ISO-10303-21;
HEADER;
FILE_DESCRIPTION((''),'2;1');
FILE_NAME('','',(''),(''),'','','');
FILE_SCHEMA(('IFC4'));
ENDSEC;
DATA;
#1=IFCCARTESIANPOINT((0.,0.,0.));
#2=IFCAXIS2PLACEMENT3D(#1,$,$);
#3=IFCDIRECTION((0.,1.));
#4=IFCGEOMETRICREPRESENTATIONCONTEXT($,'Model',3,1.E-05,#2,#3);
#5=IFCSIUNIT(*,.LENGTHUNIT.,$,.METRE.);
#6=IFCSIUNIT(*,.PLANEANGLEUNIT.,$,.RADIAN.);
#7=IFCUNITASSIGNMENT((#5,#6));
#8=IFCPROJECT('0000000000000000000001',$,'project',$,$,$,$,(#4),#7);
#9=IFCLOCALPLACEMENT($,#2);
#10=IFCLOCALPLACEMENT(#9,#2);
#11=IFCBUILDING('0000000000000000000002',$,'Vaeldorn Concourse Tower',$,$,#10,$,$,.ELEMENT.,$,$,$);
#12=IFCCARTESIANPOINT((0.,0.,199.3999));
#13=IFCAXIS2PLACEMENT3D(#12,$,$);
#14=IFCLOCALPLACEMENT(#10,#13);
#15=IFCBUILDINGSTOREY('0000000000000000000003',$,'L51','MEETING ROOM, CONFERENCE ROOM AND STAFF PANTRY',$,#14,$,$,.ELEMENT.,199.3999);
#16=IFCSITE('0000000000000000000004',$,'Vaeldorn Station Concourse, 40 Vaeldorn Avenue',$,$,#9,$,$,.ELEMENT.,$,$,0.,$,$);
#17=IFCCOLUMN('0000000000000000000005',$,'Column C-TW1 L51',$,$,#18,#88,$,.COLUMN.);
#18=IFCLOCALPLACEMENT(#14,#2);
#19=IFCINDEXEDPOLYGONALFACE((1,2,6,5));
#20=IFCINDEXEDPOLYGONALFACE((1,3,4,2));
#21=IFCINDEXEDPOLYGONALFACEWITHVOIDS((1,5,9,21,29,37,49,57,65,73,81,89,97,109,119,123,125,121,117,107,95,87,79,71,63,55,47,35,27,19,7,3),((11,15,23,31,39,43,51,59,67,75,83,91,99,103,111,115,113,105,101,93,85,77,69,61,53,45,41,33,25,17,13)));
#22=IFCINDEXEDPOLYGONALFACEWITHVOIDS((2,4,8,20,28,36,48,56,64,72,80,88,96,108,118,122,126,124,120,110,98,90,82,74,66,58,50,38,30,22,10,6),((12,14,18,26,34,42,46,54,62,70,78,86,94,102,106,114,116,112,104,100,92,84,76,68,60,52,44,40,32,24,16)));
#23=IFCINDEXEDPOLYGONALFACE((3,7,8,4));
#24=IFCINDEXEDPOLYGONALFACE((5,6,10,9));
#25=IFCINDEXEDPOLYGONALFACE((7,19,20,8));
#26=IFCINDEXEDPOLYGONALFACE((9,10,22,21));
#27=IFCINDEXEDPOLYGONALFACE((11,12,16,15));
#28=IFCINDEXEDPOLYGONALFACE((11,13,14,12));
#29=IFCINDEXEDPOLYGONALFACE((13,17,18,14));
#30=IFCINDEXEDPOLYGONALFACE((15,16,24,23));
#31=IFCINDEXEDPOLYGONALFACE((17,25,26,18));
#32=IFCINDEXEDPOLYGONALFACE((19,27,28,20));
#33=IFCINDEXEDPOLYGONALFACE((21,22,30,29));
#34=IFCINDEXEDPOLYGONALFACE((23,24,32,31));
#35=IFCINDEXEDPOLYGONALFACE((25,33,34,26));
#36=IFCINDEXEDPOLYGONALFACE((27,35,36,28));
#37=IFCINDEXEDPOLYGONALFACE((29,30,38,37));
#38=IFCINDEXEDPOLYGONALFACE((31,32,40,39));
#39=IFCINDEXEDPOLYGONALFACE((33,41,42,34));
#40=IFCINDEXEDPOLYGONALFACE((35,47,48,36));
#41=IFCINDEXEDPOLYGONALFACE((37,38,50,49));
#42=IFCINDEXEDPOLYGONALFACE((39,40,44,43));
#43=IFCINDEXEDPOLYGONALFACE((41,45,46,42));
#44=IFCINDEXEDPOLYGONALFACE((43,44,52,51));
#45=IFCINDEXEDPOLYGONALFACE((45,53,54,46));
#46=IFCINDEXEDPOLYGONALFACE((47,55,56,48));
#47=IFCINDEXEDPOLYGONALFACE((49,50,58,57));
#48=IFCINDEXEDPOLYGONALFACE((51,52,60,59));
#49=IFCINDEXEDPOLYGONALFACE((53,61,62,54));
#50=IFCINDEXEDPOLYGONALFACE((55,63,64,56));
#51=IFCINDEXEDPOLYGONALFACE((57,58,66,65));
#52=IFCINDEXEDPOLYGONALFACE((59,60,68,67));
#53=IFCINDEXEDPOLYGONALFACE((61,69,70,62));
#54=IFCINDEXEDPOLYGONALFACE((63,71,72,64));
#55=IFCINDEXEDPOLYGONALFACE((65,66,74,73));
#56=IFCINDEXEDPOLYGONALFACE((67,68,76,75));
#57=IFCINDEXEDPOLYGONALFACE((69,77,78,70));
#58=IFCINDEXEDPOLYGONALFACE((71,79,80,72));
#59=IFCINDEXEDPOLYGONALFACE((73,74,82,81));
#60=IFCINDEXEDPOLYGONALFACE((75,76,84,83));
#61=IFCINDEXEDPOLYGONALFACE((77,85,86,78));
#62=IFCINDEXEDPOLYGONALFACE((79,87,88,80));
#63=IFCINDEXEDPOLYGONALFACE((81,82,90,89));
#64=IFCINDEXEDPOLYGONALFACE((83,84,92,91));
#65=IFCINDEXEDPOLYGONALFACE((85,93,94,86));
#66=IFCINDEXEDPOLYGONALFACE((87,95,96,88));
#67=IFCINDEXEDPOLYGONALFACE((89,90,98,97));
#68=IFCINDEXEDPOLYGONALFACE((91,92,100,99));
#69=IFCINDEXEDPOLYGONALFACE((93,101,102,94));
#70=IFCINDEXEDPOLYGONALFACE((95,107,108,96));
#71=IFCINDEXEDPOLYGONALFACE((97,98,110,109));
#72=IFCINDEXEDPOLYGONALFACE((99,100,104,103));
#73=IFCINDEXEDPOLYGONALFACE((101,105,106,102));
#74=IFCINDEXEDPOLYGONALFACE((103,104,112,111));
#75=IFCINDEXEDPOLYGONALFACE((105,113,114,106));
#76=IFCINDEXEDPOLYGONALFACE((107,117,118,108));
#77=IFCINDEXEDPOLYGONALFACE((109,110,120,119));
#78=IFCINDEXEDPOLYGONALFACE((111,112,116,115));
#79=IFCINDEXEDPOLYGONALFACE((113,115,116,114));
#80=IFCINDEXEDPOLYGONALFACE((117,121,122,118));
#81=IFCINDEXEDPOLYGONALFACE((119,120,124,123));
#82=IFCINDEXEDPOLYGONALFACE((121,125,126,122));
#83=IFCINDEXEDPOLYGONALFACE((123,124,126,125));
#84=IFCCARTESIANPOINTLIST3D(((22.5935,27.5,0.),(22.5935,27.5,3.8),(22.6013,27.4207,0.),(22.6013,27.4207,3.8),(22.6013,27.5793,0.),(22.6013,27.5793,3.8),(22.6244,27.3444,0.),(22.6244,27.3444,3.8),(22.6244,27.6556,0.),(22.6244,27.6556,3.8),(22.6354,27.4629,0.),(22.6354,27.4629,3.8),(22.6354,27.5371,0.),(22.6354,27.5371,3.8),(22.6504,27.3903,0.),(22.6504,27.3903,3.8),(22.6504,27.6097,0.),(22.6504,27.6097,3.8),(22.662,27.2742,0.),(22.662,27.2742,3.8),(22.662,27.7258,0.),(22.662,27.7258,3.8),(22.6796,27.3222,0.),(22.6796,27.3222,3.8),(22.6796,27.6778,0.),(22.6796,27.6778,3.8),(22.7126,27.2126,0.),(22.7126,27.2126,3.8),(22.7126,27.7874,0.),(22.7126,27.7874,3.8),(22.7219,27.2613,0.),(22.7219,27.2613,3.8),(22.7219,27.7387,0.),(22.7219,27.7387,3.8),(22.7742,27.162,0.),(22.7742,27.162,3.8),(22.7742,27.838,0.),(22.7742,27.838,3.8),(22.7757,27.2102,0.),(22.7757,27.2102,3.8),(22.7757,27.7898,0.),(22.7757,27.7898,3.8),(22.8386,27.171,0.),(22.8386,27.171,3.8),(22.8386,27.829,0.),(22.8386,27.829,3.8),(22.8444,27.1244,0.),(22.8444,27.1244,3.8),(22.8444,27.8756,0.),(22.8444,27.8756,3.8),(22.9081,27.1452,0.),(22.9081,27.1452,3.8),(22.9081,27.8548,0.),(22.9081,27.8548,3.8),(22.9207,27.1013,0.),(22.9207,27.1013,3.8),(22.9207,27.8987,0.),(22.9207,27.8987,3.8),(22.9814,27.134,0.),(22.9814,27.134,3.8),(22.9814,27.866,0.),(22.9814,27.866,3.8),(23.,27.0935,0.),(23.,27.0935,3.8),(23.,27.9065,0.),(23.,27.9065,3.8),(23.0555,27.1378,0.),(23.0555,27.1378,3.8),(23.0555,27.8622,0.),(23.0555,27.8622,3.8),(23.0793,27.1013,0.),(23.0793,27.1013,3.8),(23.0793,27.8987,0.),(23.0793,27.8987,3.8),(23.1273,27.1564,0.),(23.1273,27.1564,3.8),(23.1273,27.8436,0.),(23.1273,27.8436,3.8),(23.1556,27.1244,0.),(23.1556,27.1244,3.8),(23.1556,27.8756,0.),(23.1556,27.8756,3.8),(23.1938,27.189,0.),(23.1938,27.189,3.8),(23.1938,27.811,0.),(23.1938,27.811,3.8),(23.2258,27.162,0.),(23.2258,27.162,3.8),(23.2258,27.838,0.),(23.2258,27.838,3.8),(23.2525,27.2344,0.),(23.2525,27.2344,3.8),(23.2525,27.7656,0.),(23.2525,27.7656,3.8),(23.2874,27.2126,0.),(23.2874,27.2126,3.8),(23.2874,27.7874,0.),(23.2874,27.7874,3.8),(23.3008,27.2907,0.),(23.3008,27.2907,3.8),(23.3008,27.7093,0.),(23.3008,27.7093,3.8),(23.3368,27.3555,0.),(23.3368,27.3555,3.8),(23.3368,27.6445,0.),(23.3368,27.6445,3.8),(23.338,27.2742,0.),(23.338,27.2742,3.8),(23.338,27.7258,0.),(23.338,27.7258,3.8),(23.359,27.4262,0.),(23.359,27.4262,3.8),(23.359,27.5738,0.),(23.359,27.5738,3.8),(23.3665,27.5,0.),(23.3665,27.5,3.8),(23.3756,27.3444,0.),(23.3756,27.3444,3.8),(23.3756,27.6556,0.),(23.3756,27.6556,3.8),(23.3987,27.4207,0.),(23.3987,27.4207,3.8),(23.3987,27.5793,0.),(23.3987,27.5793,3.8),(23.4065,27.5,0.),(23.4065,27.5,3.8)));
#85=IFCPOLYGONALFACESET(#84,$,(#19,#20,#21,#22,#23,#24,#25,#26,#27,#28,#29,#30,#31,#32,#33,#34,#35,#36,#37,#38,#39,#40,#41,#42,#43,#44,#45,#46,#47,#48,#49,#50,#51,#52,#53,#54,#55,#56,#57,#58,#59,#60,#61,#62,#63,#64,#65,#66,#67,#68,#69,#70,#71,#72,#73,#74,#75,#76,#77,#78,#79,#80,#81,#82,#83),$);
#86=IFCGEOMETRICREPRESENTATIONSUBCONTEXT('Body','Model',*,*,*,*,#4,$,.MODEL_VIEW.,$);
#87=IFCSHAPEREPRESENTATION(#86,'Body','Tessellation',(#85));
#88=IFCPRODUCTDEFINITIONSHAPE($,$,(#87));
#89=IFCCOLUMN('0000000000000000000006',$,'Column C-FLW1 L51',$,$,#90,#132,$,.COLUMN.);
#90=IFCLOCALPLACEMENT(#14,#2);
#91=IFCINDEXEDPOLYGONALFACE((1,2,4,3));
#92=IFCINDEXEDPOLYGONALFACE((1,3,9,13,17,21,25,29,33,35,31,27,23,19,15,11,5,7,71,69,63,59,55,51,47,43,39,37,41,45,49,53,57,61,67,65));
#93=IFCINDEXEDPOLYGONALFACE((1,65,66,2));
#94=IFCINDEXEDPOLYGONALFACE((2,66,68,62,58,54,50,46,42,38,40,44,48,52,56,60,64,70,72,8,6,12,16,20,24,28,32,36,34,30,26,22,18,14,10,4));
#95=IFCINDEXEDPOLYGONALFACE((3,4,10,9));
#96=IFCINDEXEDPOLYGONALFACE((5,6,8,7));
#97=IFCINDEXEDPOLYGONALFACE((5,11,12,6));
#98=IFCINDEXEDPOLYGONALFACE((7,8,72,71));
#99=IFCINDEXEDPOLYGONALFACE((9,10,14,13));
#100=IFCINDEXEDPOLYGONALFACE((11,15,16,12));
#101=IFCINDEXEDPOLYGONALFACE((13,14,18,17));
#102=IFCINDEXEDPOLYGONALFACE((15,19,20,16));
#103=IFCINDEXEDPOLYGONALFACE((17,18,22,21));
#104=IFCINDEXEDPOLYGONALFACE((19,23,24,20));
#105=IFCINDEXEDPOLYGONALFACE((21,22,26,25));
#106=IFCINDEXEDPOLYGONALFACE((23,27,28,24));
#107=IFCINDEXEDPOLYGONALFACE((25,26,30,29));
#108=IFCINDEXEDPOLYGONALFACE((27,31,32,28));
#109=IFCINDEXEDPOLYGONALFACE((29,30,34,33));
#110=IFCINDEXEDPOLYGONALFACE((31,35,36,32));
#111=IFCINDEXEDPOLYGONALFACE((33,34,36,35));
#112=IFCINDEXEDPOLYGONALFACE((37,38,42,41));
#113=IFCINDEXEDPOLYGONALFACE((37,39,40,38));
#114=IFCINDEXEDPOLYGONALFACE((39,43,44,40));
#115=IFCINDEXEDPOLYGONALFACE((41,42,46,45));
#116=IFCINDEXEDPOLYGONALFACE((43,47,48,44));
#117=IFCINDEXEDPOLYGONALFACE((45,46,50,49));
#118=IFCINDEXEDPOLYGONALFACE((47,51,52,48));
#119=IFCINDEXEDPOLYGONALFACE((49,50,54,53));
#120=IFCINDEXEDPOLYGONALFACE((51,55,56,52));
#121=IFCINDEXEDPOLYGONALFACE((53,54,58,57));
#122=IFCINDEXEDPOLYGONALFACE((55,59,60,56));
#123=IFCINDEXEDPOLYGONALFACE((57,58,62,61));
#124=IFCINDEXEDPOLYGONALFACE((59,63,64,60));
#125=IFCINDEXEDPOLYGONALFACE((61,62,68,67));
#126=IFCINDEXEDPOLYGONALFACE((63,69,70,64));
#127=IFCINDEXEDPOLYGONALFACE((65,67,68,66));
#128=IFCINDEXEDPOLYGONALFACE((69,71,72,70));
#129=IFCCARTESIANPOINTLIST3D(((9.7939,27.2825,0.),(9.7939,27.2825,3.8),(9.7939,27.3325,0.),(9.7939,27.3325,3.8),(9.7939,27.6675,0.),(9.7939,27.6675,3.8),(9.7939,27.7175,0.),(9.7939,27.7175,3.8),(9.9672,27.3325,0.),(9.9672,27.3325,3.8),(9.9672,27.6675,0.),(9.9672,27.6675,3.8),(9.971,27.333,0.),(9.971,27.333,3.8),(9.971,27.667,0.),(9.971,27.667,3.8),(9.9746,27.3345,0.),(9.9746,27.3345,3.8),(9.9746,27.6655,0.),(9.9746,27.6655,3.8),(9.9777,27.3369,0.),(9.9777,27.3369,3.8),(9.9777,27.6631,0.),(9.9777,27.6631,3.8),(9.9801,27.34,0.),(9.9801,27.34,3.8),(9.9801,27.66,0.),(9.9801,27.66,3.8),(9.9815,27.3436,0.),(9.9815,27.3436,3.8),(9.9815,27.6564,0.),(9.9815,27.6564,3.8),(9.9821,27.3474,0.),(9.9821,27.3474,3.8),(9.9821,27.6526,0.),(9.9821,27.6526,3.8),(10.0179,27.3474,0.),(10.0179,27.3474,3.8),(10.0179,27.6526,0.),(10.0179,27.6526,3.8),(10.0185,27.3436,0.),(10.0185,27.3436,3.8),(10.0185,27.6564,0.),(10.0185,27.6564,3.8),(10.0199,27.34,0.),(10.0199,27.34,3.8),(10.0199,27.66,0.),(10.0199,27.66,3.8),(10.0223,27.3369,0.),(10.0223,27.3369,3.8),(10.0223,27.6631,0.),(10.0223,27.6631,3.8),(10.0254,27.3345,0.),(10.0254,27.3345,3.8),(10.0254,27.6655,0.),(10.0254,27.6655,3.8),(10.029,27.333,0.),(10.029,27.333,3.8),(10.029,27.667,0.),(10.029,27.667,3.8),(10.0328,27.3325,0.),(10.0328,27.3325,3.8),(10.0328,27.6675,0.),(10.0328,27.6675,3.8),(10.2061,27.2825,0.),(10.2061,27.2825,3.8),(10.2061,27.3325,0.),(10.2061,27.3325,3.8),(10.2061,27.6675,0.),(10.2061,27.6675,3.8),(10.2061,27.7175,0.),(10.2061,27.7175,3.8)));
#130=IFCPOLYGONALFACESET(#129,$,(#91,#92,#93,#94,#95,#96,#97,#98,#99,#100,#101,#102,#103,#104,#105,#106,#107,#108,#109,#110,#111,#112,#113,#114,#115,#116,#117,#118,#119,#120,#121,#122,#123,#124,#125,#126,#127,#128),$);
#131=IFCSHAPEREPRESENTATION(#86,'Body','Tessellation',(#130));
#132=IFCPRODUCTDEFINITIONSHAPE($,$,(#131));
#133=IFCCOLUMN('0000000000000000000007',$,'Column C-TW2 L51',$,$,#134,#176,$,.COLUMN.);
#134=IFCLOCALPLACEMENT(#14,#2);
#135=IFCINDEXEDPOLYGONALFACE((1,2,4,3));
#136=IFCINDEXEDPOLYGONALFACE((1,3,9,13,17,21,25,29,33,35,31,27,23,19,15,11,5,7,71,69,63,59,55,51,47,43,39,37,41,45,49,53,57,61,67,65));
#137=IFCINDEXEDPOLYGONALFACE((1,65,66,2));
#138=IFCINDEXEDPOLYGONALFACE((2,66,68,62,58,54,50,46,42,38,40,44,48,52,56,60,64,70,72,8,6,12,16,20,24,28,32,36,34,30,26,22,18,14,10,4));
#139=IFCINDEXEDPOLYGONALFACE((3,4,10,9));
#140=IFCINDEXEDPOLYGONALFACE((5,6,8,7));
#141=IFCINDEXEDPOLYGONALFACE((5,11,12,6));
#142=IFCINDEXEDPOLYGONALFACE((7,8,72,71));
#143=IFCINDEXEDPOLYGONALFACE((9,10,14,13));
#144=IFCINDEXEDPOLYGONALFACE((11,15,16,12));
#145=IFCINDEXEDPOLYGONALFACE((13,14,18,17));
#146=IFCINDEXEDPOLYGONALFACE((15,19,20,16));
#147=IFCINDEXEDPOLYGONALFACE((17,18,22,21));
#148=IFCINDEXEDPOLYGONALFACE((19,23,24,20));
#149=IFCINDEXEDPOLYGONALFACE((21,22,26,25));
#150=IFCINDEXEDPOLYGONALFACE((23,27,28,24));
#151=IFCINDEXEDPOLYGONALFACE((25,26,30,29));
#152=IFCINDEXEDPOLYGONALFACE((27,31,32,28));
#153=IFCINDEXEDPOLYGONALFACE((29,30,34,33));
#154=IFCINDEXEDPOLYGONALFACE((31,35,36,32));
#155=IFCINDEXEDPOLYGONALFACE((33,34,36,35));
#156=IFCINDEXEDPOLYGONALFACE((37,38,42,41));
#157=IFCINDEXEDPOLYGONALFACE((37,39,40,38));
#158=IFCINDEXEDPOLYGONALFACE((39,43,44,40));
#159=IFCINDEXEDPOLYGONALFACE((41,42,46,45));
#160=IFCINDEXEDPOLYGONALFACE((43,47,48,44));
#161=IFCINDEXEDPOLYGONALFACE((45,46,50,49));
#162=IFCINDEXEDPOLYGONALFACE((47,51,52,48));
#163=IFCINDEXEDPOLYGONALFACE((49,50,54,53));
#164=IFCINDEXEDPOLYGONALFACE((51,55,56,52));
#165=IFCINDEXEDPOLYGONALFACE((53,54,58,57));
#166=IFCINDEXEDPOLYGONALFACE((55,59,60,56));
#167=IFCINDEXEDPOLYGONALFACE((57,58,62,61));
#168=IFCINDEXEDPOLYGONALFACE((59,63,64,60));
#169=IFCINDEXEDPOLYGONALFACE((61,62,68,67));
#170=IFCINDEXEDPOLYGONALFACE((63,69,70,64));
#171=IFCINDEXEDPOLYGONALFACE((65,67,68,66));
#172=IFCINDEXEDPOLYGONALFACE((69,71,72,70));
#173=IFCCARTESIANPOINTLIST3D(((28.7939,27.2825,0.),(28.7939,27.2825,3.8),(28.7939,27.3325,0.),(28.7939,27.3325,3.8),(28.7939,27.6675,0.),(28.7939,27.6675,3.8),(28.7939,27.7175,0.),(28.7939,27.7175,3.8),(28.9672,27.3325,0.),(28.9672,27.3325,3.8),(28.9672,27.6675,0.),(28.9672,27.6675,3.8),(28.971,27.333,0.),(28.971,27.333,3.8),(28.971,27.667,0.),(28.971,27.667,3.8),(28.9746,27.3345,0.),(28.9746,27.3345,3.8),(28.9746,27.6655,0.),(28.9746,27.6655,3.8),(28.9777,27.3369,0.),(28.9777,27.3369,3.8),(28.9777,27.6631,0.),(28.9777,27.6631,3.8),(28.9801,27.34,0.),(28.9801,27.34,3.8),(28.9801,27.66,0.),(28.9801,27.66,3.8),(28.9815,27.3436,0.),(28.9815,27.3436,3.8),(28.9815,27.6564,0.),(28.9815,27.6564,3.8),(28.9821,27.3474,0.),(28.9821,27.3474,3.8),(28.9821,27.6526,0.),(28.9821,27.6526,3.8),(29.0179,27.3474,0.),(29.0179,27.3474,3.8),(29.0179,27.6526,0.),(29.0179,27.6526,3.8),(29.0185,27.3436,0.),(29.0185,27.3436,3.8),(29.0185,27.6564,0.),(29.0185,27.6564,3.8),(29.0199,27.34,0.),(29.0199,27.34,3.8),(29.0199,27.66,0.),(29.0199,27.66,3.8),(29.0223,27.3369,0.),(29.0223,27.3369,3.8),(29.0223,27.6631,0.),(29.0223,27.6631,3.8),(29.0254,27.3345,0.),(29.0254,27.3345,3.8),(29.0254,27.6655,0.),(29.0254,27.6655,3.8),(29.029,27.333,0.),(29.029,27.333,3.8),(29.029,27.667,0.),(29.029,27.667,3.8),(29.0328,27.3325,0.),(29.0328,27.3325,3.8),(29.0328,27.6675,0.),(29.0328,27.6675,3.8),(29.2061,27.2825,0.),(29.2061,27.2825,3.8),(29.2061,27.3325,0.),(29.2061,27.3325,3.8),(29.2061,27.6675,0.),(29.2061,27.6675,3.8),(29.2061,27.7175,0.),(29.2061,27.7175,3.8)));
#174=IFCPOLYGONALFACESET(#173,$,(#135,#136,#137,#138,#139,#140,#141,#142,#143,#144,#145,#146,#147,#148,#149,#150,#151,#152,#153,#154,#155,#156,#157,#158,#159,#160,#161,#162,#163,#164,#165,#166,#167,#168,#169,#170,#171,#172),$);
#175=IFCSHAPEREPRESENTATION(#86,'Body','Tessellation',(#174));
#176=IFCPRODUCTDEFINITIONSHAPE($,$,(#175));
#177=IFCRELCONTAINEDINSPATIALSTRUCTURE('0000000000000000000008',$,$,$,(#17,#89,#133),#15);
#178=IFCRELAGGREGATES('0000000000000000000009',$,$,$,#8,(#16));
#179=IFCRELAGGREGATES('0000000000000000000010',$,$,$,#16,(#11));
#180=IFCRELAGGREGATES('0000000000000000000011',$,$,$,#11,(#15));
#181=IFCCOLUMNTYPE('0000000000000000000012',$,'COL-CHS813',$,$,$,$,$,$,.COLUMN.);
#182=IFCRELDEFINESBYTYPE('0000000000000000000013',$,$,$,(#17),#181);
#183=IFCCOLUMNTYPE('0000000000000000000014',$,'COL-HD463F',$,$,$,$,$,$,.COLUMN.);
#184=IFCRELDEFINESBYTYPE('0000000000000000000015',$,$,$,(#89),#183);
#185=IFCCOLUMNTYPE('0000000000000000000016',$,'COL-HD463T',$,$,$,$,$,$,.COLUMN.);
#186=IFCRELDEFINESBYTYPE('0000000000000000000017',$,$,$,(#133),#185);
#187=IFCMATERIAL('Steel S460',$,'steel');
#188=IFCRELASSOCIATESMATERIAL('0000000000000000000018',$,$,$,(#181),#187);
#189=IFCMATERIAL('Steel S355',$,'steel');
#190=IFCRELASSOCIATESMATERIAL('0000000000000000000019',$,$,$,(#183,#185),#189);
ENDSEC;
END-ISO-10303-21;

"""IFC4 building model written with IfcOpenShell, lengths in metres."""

from ifc_helpers import new_model, si_unit, direction, frame, origin, origin_2d, place, context, subcontext, project, spatial, hollow_circle, i_section, extrude, source, transform, mapped, material, material_profile, profile_set, type_object, element, save


model = new_model("IFC4")

# Units and contexts
model_context = context("Model", 3, precision=1e-05, world=origin(), true_north=direction((0.0, 1.0)))
body_context = subcontext(model_context, "Body", "Model", "MODEL_VIEW")
ifc_project = project(units=[si_unit("LENGTHUNIT", "METRE"), si_unit("PLANEANGLEUNIT", "RADIAN")], contexts=[model_context])

# Site, building, storey
site_placement = place(None, origin())
site = spatial("IfcSite", under=ifc_project, at=site_placement, Name="Vaeldorn Station Concourse, 40 Vaeldorn Avenue", CompositionType="ELEMENT", RefElevation=0.0)
building_placement = place(site_placement, origin())
building = spatial("IfcBuilding", under=site, at=building_placement, Name="Vaeldorn Concourse Tower", CompositionType="ELEMENT")
storey_placement = place(building_placement, frame((0.0, 0.0, 199.3999)))
storey = spatial("IfcBuildingStorey", under=building, at=storey_placement, Name="L51", Description="MEETING ROOM, CONFERENCE ROOM AND STAFF PANTRY", CompositionType="ELEMENT", Elevation=199.3999)

# Columns
ifc_material_1 = material(Name="Steel S460", Category="steel")
ifc_material_profile_1 = material_profile(ifc_material_1, hollow_circle(Radius=0.4065, WallThickness=0.04, at=origin_2d()), Name="CHS 813x40")
ifc_profile_set_1 = profile_set([ifc_material_profile_1], Name="Steel S460")
column_type_1 = type_object("IfcColumnType", Name="COL-CHS813", PredefinedType="COLUMN", material=ifc_profile_set_1)
shared_shape_1 = source(origin(), body_context, "Body", "SweptSolid", [
    extrude(hollow_circle(Radius=0.4065, WallThickness=0.04, at=origin_2d()), origin(), (0.0, 0.0, 1.0), 3.8),
])
column_1_placement = place(storey_placement, frame((23.0, 27.5, 0.0), z_axis=(0.0, 0.0, 1.0), x_axis=(1.0, 0.0, 0.0)))
element("IfcColumn", 1, at=column_1_placement, inside=storey, type_object=column_type_1, Name="Column C-TW1 L51", PredefinedType="COLUMN", context=body_context, shape_type="MappedRepresentation", body=[
    mapped(shared_shape_1, transform((0.0, 0.0, 0.0), scale=1.0)),
])
ifc_material_2 = material(Name="Steel S355", Category="steel")
ifc_material_profile_2 = material_profile(ifc_material_2, i_section(OverallWidth=0.4121, OverallDepth=0.4351, WebThickness=0.0359, FlangeThickness=0.05, FilletRadius=0.0149, at=origin_2d()), Name="HD 400x463")
ifc_profile_set_2 = profile_set([ifc_material_profile_2], Name="Steel S355")
column_type_2 = type_object("IfcColumnType", Name="COL-HD463F", PredefinedType="COLUMN", material=ifc_profile_set_2)
shared_shape_2 = source(origin(), body_context, "Body", "SweptSolid", [
    extrude(i_section(OverallWidth=0.4121, OverallDepth=0.4351, WebThickness=0.0359, FlangeThickness=0.05, FilletRadius=0.0149, at=origin_2d()), origin(), (0.0, 0.0, 1.0), 3.8),
])
column_2_placement = place(storey_placement, frame((10.0, 27.5, 0.0), z_axis=(0.0, 0.0, 1.0), x_axis=(1.0, 0.0, 0.0)))
element("IfcColumn", 2, at=column_2_placement, inside=storey, type_object=column_type_2, Name="Column C-FLW1 L51", PredefinedType="COLUMN", context=body_context, shape_type="MappedRepresentation", body=[
    mapped(shared_shape_2, transform((0.0, 0.0, 0.0), scale=1.0)),
])
ifc_material_profile_3 = material_profile(ifc_material_2, i_section(OverallWidth=0.4121, OverallDepth=0.4351, WebThickness=0.0359, FlangeThickness=0.05, FilletRadius=0.0149, at=origin_2d()), Name="HD 400x463")
ifc_profile_set_3 = profile_set([ifc_material_profile_3], Name="Steel S355")
column_type_3 = type_object("IfcColumnType", Name="COL-HD463T", PredefinedType="COLUMN", material=ifc_profile_set_3)
shared_shape_3 = source(origin(), body_context, "Body", "SweptSolid", [
    extrude(i_section(OverallWidth=0.4121, OverallDepth=0.4351, WebThickness=0.0359, FlangeThickness=0.05, FilletRadius=0.0149, at=origin_2d()), origin(), (0.0, 0.0, 1.0), 3.8),
])
column_3_placement = place(storey_placement, frame((29.0, 27.5, 0.0), z_axis=(0.0, 0.0, 1.0), x_axis=(1.0, 0.0, 0.0)))
element("IfcColumn", 3, at=column_3_placement, inside=storey, type_object=column_type_3, Name="Column C-TW2 L51", PredefinedType="COLUMN", context=body_context, shape_type="MappedRepresentation", body=[
    mapped(shared_shape_3, transform((0.0, 0.0, 0.0), scale=1.0)),
])

save(model, "model.ifc")
